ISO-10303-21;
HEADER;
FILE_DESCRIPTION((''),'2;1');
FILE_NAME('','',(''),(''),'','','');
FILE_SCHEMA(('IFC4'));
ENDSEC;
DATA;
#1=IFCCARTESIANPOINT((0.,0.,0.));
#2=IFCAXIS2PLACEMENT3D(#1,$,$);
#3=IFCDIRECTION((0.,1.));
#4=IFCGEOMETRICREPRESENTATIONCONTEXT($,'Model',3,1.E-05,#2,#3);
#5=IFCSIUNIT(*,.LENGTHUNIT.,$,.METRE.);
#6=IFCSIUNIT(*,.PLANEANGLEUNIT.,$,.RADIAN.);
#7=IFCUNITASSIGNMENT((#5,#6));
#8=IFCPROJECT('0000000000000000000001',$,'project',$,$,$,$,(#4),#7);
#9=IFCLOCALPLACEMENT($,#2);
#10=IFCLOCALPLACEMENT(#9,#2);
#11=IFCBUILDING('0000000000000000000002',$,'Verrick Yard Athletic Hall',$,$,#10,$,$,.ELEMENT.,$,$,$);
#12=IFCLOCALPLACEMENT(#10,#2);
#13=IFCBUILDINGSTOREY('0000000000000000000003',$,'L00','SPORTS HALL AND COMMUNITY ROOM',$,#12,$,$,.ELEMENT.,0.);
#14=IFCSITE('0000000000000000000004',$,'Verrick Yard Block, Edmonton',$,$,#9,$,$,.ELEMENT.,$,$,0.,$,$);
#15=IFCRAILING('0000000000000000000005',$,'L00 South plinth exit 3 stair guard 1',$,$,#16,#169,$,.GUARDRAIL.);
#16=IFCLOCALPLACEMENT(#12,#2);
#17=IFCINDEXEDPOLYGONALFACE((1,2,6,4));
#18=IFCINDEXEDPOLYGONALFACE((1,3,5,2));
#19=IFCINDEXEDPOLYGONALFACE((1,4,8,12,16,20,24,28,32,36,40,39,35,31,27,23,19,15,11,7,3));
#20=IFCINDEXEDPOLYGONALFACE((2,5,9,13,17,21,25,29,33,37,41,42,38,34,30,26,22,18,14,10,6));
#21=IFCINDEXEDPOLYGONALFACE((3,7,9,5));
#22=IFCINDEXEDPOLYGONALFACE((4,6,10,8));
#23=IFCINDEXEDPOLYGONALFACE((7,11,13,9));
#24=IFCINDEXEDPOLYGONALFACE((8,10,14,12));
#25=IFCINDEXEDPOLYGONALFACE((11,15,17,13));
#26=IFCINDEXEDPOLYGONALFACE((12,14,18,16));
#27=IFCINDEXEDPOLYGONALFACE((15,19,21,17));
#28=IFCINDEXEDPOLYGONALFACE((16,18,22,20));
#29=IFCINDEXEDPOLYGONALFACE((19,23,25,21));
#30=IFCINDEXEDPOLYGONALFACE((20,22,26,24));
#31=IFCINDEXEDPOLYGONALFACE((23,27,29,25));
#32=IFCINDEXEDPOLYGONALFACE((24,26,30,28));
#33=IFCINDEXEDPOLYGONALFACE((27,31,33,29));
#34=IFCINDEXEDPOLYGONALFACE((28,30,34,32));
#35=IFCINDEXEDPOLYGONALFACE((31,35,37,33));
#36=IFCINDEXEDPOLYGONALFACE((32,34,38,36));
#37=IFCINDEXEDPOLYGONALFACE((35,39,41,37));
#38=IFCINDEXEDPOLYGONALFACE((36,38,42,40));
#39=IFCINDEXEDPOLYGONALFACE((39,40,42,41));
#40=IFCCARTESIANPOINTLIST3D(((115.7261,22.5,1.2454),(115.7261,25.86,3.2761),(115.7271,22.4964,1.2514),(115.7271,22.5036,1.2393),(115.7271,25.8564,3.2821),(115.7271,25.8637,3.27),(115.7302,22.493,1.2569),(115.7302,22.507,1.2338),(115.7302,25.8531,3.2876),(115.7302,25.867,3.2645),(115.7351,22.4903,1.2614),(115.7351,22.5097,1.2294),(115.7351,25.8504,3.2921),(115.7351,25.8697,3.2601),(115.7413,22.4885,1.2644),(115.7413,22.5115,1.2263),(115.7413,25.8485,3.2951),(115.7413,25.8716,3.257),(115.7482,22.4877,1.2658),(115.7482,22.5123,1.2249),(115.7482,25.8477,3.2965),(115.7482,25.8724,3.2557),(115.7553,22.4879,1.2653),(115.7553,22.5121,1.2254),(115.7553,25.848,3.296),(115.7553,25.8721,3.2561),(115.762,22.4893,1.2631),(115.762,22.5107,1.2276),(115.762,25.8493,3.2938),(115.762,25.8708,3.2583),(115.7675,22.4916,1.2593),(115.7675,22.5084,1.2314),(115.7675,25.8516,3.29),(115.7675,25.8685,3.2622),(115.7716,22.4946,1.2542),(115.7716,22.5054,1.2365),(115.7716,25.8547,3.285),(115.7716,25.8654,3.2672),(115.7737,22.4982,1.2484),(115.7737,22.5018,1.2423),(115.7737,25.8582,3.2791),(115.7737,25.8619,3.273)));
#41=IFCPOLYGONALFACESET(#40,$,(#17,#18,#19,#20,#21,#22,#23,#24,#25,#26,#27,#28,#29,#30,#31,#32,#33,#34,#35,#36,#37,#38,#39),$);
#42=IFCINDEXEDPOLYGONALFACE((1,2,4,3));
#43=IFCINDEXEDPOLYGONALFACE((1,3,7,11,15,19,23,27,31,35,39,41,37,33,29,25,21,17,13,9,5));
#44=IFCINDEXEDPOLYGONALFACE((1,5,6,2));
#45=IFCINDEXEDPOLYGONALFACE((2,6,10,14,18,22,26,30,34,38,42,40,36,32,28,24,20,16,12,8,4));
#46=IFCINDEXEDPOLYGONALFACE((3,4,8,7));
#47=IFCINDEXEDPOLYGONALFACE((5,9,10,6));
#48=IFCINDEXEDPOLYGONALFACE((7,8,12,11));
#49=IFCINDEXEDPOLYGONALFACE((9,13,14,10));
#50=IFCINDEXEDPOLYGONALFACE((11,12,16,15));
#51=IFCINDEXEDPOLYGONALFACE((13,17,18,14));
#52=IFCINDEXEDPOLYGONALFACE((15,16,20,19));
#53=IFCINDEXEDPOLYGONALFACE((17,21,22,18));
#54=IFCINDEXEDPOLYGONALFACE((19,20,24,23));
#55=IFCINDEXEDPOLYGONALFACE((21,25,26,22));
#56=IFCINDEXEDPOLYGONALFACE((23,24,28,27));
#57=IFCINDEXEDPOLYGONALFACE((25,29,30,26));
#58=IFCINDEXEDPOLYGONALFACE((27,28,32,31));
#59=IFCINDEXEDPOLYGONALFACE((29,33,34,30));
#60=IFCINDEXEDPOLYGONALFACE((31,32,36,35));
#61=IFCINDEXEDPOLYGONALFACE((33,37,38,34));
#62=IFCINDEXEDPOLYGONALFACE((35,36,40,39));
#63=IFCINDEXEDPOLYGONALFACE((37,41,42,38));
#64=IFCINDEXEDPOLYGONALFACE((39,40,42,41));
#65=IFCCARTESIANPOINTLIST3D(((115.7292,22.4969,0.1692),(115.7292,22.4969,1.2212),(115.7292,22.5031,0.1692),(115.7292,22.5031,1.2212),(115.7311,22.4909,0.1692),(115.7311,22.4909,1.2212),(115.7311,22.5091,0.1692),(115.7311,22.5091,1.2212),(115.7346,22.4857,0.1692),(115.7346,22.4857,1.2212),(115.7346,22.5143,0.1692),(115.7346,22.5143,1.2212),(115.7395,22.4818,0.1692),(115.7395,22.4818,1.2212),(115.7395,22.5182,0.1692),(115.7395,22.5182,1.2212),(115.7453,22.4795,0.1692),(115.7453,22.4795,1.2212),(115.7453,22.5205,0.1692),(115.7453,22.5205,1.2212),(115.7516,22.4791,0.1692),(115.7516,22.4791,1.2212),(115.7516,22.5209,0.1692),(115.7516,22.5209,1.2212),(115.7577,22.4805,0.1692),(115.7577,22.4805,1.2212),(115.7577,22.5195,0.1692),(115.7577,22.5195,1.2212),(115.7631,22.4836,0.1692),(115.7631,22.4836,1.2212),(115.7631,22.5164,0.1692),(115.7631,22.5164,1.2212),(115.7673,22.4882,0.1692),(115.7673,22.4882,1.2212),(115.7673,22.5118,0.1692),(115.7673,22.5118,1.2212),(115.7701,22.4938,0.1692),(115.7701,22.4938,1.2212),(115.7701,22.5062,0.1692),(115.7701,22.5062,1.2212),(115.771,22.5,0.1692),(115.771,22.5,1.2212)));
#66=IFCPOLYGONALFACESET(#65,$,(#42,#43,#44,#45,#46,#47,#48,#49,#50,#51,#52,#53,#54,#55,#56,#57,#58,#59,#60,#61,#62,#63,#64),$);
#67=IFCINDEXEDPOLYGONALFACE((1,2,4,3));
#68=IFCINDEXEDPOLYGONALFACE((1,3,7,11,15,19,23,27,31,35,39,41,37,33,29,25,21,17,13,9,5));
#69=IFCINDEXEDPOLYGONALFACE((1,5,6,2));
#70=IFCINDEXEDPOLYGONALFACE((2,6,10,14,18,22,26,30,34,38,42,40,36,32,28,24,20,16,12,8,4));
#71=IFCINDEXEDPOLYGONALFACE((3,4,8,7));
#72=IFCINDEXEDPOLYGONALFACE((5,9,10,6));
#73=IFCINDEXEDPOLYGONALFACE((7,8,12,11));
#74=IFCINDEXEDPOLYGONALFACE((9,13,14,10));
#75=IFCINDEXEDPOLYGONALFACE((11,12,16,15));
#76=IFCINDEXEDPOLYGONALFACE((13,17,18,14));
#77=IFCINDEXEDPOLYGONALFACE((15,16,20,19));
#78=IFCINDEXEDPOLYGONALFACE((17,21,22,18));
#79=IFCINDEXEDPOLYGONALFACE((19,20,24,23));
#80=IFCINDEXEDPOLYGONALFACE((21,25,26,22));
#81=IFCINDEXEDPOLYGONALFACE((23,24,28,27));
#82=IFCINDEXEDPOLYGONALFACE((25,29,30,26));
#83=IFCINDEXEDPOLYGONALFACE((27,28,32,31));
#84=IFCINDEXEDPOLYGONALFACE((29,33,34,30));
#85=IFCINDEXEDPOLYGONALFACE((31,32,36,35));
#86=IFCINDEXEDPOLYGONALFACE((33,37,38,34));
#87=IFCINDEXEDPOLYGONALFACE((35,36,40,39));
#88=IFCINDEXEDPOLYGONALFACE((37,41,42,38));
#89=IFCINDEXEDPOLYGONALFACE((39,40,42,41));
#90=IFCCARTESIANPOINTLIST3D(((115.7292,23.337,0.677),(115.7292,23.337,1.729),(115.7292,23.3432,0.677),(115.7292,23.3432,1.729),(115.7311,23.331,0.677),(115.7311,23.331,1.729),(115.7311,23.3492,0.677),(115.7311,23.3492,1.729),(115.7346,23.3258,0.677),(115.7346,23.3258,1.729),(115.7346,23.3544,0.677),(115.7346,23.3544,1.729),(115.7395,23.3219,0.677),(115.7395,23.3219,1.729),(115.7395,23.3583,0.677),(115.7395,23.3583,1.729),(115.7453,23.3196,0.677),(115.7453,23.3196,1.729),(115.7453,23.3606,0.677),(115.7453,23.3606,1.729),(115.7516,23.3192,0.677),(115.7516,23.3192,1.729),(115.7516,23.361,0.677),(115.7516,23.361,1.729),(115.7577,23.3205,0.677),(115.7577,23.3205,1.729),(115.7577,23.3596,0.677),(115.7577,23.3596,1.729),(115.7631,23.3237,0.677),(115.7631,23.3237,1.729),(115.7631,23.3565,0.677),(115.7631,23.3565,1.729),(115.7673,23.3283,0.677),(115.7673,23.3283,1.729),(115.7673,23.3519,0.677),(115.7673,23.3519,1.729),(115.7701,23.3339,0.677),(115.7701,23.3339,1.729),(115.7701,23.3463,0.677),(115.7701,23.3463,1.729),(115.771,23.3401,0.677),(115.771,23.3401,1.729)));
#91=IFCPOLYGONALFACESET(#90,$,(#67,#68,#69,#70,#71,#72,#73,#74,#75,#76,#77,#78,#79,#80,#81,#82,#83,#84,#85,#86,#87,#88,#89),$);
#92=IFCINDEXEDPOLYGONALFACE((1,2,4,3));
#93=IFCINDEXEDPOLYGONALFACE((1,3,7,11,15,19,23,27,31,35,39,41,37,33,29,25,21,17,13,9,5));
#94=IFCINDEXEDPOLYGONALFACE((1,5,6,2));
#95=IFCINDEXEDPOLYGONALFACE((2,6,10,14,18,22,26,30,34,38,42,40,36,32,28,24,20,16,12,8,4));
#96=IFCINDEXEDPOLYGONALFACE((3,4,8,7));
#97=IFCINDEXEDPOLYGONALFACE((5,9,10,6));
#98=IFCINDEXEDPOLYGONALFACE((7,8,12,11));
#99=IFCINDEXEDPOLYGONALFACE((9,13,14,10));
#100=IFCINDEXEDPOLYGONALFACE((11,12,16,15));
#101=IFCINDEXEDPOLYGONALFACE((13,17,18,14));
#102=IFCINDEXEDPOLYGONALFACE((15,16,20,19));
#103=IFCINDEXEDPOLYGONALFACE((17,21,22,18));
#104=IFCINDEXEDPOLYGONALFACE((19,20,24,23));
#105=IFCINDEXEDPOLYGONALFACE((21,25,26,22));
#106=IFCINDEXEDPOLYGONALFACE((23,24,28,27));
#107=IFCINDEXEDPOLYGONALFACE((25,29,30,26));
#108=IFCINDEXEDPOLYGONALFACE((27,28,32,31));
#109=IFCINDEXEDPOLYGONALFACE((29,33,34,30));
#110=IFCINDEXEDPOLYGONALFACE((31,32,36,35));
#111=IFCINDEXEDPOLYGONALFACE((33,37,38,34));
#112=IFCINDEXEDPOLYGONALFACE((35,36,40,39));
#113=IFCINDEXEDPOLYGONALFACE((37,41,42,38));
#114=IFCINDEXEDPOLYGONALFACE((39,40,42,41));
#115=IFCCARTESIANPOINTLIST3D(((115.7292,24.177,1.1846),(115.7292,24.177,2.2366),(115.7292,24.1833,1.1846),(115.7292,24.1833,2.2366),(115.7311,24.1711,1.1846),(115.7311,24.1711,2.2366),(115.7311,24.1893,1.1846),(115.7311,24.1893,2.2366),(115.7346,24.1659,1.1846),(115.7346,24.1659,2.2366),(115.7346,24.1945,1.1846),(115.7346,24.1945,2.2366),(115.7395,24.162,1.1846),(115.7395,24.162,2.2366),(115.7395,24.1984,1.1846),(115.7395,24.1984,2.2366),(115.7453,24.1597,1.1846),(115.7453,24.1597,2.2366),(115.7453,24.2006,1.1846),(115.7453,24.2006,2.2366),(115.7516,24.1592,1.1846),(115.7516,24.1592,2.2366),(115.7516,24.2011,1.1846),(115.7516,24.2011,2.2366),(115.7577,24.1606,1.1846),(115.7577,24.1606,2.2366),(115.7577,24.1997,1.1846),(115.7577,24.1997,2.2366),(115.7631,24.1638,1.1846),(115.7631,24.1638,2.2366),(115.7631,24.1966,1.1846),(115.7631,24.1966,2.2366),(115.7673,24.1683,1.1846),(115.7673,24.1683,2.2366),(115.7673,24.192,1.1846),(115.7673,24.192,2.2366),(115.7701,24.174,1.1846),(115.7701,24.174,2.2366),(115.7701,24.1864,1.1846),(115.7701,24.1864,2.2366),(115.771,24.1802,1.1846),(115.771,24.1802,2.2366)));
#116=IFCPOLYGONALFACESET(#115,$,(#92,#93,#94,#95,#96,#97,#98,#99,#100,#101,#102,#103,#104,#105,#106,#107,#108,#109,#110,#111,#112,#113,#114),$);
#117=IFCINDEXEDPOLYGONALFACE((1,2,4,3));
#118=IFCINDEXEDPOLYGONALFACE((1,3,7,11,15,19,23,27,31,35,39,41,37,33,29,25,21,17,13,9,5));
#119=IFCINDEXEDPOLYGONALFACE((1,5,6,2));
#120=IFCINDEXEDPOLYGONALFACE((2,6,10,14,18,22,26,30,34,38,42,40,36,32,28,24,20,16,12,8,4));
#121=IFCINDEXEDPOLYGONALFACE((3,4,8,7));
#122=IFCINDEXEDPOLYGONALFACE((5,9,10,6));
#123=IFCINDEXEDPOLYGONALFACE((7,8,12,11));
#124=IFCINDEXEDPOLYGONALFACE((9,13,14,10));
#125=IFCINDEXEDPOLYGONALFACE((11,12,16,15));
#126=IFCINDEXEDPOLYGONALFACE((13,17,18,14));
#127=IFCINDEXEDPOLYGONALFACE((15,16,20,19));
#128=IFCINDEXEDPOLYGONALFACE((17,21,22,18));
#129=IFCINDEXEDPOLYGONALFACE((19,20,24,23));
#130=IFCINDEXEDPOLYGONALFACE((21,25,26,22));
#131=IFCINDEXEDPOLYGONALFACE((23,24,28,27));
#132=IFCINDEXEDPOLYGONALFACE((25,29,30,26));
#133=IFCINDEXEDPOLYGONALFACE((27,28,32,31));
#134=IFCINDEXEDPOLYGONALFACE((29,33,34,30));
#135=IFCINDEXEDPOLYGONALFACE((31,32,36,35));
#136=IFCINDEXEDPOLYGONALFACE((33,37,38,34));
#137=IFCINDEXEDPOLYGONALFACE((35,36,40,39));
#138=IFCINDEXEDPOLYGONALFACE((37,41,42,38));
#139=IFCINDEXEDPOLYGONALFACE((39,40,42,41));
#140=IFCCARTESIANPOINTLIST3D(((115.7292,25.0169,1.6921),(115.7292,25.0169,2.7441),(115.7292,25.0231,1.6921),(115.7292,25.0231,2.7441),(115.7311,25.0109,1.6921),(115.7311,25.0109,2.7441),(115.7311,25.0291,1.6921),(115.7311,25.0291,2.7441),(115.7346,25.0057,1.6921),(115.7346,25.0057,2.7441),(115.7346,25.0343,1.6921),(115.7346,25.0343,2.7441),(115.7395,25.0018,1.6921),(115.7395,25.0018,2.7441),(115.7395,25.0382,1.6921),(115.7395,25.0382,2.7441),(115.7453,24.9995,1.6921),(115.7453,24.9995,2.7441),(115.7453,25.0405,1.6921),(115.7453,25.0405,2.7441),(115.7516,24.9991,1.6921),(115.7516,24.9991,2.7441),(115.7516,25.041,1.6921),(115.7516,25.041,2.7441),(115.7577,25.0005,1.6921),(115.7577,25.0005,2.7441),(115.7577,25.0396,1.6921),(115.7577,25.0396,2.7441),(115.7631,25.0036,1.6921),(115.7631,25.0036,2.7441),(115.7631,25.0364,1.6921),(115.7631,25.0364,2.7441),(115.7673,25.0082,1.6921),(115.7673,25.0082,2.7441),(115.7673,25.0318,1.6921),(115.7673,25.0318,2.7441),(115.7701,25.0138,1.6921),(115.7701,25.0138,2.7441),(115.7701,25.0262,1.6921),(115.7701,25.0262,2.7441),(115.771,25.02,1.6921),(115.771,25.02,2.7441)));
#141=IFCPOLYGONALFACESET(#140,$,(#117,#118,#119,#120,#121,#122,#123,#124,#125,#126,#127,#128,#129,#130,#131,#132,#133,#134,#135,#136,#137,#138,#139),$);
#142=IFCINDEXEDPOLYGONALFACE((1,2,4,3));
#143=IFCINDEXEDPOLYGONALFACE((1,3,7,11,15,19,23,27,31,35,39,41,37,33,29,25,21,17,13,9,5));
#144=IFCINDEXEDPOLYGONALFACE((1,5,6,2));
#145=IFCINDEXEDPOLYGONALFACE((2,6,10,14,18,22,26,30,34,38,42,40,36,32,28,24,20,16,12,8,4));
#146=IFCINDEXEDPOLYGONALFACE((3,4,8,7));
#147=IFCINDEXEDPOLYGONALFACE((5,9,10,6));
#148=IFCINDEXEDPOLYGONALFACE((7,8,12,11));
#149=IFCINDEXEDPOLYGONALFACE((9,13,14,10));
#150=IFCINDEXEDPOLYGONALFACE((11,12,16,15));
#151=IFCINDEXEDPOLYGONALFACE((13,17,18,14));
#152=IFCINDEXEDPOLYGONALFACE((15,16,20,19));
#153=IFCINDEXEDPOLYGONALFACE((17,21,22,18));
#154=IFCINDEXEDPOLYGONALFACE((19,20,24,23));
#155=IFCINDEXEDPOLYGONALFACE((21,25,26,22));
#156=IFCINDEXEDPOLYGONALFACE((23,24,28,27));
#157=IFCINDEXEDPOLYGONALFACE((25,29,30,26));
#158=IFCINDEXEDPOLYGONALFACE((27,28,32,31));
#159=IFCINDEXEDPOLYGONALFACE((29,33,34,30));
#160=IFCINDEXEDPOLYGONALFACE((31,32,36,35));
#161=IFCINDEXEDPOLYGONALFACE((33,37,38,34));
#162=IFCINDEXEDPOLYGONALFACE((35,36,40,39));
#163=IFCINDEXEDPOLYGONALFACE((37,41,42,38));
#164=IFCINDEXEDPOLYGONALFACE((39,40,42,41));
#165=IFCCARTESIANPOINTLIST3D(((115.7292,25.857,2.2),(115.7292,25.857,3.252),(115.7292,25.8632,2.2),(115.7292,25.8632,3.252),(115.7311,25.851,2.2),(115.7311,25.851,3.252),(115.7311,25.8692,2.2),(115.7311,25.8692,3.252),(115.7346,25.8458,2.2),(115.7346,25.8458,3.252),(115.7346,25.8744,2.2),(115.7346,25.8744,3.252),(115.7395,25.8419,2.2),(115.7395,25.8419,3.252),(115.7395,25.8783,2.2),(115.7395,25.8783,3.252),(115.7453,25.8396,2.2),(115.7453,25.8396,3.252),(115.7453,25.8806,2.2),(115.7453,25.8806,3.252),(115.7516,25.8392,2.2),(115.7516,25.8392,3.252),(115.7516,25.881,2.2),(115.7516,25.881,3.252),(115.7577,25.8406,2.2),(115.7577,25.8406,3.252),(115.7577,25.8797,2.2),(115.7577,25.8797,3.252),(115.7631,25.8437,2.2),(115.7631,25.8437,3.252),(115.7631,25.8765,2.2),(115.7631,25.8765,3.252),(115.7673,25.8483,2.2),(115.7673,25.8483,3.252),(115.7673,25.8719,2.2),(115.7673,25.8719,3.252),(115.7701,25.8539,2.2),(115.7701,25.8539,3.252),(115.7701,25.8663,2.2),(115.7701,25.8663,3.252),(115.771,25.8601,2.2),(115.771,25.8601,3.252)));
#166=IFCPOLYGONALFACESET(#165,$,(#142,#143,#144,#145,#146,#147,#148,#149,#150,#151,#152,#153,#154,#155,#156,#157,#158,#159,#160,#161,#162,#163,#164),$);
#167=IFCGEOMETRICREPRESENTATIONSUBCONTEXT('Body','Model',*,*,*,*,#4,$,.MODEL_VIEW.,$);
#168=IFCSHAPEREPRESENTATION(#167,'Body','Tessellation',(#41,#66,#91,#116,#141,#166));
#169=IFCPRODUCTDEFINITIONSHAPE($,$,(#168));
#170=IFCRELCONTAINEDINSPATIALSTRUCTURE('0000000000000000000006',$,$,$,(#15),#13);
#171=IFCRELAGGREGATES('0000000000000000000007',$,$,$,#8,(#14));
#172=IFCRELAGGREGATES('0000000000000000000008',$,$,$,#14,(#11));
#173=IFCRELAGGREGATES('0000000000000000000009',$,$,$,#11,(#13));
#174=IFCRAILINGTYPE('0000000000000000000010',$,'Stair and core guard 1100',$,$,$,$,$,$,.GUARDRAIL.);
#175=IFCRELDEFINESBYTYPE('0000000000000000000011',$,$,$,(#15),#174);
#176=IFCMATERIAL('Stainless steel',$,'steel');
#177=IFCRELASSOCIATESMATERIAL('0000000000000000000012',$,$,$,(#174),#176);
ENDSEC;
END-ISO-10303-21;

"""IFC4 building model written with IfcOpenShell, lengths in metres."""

from ifc_helpers import new_model, si_unit, direction, frame, origin, origin_2d, place, context, subcontext, project, spatial, circle, extrude, material, type_object, element, save


model = new_model("IFC4")

# Units and contexts
model_context = context("Model", 3, precision=1e-05, world=origin(), true_north=direction((0.0, 1.0)))
body_context = subcontext(model_context, "Body", "Model", "MODEL_VIEW")
ifc_project = project(units=[si_unit("LENGTHUNIT", "METRE"), si_unit("PLANEANGLEUNIT", "RADIAN")], contexts=[model_context])

# Site, building, storey
site_placement = place(None, origin())
site = spatial("IfcSite", under=ifc_project, at=site_placement, Name="Verrick Yard Block, Edmonton", CompositionType="ELEMENT", RefElevation=0.0)
building_placement = place(site_placement, origin())
building = spatial("IfcBuilding", under=site, at=building_placement, Name="Verrick Yard Athletic Hall", CompositionType="ELEMENT")
storey_placement = place(building_placement, origin())
storey = spatial("IfcBuildingStorey", under=building, at=storey_placement, Name="L00", Description="SPORTS HALL AND COMMUNITY ROOM", CompositionType="ELEMENT", Elevation=0.0)

# Railing
ifc_material_1 = material(Name="Stainless steel", Category="steel")
railing_type_1 = type_object("IfcRailingType", Name="Stair and core guard 1100", PredefinedType="GUARDRAIL", material=ifc_material_1)
railing_1_placement = place(storey_placement, frame((115.75, 22.5, 0.1692)))
element("IfcRailing", 1, at=railing_1_placement, inside=storey, type_object=railing_type_1, Name="L00 South plinth exit 3 stair guard 1", PredefinedType="GUARDRAIL", context=body_context, shape_type="SweptSolid", body=[
    extrude(circle(Radius=0.0239, at=origin_2d()), frame((0.0, 0.0, 1.0762), z_axis=(0.0, 0.855837, 0.517246), x_axis=(-1.0, 0.0, 0.0)), (0.0, 0.0, 1.0), 3.926),
    extrude(circle(Radius=0.021, at=origin_2d()), origin(), (0.0, 0.0, 1.0), 1.052),
    extrude(circle(Radius=0.021, at=origin_2d()), frame((0.0, 0.8401, 0.5078)), (0.0, 0.0, 1.0), 1.052),
    extrude(circle(Radius=0.021, at=origin_2d()), frame((0.0, 1.6802, 1.0154)), (0.0, 0.0, 1.0), 1.052),
    extrude(circle(Radius=0.021, at=origin_2d()), frame((0.0, 2.52, 1.5229)), (0.0, 0.0, 1.0), 1.052),
    extrude(circle(Radius=0.021, at=origin_2d()), frame((0.0, 3.3601, 2.0308)), (0.0, 0.0, 1.0), 1.052),
])

save(model, "model.ifc")
